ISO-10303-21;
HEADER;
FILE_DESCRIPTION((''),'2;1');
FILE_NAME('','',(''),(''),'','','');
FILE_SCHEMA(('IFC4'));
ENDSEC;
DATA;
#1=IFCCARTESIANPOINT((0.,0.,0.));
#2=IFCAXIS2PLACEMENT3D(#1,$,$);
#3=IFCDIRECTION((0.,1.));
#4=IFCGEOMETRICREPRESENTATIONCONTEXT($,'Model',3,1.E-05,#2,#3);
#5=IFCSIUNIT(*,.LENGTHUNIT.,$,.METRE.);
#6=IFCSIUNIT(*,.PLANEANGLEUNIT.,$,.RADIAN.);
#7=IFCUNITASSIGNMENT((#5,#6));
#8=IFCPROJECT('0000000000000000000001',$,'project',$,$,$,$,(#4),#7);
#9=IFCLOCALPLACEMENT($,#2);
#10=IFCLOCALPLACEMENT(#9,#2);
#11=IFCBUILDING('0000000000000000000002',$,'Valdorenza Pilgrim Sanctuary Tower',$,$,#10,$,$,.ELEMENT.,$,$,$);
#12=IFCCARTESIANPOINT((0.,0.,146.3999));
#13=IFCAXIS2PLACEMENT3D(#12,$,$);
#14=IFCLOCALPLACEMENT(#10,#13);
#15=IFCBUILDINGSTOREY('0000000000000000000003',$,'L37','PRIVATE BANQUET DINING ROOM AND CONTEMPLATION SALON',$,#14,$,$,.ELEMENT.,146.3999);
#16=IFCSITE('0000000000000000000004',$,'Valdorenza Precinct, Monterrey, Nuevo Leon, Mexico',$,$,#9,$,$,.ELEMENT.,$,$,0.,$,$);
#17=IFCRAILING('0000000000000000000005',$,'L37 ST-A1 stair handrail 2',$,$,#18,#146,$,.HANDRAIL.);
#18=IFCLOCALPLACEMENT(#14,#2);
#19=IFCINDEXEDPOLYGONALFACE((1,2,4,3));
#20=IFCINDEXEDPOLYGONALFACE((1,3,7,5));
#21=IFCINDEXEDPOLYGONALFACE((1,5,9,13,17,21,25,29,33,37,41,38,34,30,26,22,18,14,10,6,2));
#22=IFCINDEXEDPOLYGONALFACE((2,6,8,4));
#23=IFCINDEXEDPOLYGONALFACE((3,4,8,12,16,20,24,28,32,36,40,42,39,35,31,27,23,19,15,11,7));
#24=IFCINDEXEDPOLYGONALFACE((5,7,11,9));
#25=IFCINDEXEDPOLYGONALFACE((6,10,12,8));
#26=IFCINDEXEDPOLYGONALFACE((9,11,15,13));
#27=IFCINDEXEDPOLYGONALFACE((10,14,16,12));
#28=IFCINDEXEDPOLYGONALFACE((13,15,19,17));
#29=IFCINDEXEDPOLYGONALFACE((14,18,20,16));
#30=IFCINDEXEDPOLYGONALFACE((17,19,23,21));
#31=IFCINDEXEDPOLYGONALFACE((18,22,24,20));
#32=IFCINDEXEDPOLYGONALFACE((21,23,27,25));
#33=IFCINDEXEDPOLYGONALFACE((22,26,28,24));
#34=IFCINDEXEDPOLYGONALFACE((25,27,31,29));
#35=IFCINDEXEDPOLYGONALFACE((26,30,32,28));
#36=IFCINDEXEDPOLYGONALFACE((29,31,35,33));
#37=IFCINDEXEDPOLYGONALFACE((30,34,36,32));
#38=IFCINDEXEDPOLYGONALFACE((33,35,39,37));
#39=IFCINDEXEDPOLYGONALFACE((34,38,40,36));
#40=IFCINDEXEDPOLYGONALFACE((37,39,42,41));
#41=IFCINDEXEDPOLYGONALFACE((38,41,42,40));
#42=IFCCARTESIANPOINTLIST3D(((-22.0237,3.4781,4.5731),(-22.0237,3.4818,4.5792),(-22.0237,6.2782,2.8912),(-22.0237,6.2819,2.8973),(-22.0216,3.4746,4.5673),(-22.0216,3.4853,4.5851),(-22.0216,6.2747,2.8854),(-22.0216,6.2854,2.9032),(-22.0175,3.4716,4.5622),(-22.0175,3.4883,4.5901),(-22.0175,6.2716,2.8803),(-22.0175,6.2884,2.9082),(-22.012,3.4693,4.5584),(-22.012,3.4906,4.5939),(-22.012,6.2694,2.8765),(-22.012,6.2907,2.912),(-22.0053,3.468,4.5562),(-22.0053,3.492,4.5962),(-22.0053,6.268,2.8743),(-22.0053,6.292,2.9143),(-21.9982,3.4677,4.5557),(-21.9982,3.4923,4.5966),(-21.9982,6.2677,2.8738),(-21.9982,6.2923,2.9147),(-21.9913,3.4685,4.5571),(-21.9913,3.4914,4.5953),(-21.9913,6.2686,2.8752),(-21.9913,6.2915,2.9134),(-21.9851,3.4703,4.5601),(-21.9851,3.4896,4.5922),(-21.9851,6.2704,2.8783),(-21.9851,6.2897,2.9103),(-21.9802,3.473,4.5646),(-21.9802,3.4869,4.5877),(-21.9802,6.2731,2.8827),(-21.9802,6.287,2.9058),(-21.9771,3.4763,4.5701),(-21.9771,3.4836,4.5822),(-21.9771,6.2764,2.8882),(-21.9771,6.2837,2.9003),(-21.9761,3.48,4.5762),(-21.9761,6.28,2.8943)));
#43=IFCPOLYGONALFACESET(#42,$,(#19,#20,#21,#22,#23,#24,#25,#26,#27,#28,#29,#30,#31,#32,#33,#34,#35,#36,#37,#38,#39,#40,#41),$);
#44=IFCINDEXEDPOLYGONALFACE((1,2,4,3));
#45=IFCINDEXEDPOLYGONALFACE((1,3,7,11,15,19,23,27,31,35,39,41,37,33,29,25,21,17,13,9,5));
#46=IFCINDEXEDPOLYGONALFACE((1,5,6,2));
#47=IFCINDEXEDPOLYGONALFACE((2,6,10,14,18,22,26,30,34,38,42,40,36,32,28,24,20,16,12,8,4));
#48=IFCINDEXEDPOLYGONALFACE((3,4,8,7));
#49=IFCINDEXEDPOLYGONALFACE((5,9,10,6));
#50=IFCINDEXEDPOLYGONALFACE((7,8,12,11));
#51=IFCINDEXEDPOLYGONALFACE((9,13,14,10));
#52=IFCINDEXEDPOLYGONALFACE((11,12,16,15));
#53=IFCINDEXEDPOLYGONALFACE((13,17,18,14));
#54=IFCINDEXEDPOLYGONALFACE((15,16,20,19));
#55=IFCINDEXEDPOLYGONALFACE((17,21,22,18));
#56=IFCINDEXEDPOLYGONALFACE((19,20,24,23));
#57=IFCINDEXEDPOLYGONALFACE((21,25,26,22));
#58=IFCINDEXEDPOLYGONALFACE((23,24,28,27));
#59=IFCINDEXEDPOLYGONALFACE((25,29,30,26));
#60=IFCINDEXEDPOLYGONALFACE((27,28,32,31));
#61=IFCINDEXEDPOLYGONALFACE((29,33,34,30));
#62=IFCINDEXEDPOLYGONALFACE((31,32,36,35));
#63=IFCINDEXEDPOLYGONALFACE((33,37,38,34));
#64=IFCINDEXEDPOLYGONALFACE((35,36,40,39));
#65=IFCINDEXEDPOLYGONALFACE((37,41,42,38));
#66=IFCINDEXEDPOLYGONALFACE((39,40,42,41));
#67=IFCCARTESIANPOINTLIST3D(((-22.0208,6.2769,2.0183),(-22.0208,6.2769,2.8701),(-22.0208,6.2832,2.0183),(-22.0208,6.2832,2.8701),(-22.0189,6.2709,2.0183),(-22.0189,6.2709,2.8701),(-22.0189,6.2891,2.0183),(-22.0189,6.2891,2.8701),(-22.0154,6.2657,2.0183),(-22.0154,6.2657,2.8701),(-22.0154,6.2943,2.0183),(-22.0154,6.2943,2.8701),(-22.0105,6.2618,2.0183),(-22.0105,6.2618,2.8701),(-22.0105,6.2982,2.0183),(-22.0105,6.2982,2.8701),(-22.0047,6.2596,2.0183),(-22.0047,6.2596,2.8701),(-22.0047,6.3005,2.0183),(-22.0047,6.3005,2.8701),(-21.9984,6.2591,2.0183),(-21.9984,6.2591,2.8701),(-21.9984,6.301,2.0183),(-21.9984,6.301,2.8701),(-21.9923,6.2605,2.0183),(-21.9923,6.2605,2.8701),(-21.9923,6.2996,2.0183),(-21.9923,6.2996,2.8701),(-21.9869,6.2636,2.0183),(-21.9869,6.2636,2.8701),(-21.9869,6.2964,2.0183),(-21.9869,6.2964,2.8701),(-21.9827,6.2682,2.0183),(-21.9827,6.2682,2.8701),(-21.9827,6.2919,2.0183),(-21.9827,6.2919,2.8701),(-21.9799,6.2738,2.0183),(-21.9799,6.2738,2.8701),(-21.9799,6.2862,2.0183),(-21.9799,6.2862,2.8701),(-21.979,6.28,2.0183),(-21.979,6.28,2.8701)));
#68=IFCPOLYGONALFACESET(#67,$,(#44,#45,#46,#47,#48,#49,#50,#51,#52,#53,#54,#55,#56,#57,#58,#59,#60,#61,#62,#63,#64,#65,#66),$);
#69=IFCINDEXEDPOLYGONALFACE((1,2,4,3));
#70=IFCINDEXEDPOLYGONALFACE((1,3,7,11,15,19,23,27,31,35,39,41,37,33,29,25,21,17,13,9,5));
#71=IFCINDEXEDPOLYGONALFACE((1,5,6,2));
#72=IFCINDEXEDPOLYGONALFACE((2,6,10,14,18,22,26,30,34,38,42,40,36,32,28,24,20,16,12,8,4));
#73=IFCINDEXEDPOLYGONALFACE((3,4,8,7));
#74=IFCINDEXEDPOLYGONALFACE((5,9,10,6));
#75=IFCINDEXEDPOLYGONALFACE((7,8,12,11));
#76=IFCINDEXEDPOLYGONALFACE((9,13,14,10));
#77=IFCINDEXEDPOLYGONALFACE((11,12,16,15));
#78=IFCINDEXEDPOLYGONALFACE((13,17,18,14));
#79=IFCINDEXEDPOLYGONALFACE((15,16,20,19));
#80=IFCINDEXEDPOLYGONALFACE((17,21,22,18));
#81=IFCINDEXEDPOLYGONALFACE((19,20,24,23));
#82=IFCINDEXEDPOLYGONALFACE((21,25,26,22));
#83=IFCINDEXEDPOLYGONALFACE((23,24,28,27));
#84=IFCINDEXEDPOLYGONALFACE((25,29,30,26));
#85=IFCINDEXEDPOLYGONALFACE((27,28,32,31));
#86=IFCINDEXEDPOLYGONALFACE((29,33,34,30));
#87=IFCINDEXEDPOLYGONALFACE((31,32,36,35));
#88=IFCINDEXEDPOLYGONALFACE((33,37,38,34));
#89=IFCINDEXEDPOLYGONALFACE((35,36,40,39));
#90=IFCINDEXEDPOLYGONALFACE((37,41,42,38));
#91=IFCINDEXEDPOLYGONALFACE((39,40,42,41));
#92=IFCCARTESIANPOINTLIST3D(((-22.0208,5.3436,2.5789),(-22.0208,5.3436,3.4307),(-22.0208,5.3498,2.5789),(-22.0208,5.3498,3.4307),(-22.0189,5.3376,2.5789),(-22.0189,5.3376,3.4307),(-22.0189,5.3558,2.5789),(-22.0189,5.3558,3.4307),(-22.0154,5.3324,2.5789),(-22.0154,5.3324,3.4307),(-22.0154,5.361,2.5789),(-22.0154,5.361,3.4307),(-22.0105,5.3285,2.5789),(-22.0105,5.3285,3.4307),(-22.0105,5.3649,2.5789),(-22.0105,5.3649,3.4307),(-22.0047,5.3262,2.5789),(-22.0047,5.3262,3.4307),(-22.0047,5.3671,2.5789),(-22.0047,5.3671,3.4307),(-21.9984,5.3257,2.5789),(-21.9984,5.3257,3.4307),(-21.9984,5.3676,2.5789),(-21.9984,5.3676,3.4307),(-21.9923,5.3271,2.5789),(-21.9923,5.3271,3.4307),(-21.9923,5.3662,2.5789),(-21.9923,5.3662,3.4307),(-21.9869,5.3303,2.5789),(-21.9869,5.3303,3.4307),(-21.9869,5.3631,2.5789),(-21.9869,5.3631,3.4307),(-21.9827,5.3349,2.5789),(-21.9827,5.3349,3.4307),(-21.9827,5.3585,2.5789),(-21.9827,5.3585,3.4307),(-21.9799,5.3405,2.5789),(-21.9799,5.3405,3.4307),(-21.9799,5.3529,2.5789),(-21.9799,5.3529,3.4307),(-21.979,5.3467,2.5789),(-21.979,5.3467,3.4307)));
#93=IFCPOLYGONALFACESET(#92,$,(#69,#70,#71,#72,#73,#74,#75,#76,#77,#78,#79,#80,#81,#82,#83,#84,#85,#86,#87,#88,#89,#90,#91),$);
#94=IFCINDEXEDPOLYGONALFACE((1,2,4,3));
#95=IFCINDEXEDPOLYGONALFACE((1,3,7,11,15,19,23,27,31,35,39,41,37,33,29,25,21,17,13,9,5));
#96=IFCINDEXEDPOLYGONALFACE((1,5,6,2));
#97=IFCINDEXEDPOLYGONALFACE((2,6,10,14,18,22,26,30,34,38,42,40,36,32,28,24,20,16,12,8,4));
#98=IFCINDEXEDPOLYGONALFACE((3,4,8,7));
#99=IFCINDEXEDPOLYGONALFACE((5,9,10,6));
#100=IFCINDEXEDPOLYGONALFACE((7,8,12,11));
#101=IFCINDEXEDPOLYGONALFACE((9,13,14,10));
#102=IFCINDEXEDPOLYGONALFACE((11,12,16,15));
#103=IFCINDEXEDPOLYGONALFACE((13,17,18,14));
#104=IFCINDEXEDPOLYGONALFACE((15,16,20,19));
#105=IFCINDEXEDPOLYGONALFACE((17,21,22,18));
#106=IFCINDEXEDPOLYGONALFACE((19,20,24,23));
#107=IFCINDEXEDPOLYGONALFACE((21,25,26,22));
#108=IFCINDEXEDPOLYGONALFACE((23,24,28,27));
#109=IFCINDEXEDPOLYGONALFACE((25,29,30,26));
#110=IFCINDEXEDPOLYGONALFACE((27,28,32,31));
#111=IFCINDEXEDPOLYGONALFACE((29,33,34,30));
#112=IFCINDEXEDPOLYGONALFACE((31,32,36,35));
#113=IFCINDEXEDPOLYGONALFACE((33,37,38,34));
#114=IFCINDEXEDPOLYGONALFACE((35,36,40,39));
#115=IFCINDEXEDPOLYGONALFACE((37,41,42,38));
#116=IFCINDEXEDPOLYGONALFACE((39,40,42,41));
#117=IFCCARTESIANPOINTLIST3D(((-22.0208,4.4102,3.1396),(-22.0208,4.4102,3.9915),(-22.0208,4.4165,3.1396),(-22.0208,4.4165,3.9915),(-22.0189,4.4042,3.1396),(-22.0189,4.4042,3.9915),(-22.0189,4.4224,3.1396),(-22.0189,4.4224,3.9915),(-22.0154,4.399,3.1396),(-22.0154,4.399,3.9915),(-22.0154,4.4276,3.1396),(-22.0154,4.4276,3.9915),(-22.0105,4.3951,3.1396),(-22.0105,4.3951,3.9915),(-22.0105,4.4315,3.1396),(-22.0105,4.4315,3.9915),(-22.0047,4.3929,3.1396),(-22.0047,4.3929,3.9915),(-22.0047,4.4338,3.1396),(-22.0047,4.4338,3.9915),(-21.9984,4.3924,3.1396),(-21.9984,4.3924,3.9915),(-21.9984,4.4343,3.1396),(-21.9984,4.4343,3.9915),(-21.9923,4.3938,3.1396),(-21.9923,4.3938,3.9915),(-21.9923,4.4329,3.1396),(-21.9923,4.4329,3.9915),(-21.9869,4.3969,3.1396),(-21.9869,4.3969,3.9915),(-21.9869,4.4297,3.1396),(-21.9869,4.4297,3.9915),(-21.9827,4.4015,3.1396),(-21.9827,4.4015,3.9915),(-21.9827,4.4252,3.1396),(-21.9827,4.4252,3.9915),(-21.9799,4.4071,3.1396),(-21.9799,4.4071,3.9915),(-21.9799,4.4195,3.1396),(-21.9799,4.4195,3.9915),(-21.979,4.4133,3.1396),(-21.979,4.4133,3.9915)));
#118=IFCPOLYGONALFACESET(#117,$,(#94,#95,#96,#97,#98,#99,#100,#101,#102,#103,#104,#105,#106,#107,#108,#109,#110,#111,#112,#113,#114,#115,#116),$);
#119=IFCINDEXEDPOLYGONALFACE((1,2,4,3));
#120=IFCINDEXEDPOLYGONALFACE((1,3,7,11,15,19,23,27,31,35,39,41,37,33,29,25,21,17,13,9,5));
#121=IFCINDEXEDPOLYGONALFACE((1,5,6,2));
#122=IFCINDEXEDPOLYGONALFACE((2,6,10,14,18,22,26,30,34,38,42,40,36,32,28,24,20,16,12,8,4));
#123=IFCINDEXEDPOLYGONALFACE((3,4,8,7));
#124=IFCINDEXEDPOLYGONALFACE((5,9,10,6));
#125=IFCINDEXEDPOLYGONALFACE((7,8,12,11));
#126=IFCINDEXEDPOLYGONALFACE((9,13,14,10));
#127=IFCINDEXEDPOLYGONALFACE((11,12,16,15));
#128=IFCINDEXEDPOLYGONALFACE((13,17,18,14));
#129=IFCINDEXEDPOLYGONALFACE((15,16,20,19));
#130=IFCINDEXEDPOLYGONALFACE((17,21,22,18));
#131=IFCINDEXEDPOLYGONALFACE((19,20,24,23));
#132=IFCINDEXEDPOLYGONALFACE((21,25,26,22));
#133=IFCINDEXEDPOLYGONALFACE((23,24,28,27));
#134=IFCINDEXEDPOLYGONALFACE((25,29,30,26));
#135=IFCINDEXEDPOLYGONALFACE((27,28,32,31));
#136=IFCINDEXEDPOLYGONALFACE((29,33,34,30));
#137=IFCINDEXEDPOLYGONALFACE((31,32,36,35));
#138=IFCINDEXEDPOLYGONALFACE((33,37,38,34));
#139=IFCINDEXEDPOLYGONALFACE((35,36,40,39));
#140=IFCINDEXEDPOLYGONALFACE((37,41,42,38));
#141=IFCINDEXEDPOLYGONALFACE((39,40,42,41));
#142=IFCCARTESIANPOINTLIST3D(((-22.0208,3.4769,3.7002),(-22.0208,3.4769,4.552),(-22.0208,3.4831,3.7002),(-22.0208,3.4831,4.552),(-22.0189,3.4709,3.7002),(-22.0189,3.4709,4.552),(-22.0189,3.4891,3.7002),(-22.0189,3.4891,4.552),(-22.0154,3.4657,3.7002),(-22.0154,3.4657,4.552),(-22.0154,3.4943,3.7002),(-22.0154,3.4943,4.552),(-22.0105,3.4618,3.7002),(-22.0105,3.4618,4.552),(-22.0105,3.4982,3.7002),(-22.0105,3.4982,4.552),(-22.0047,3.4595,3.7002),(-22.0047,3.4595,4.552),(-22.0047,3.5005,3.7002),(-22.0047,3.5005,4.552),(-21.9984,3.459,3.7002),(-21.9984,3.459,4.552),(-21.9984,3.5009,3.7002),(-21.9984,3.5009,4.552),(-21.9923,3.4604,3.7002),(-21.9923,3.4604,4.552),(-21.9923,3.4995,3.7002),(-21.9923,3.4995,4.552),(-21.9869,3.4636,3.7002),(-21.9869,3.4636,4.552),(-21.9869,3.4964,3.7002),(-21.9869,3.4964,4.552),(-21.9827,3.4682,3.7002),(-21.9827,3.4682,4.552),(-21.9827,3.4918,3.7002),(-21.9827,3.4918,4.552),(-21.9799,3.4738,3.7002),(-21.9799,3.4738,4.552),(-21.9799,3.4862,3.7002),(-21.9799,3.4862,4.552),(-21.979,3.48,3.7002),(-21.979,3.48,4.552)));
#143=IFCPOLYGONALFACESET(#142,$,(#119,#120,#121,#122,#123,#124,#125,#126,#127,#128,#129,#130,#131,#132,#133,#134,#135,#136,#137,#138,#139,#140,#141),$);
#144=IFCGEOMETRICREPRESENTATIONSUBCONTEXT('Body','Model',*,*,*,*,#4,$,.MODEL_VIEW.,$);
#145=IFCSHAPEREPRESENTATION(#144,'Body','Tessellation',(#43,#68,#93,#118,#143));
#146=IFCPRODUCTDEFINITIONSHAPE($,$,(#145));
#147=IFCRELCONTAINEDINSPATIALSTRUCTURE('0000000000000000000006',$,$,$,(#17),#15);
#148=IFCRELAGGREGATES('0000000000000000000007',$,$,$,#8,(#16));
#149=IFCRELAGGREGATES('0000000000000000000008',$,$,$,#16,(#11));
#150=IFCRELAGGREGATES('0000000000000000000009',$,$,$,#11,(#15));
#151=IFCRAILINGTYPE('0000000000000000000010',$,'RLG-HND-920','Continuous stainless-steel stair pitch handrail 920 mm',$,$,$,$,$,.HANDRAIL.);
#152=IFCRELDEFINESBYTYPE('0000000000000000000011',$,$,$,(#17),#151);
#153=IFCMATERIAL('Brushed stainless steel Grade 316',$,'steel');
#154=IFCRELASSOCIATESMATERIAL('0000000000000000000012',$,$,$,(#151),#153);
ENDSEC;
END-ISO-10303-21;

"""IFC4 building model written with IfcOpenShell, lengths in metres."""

from ifc_helpers import new_model, si_unit, direction, frame, origin, origin_2d, place, context, subcontext, project, spatial, circle, extrude, material, type_object, element, save


model = new_model("IFC4")

# Units and contexts
model_context = context("Model", 3, precision=1e-05, world=origin(), true_north=direction((0.0, 1.0)))
body_context = subcontext(model_context, "Body", "Model", "MODEL_VIEW")
ifc_project = project(units=[si_unit("LENGTHUNIT", "METRE"), si_unit("PLANEANGLEUNIT", "RADIAN")], contexts=[model_context])

# Site, building, storey
site_placement = place(None, origin())
site = spatial("IfcSite", under=ifc_project, at=site_placement, Name="Valdorenza Precinct, Monterrey, Nuevo Leon, Mexico", CompositionType="ELEMENT", RefElevation=0.0)
building_placement = place(site_placement, origin())
building = spatial("IfcBuilding", under=site, at=building_placement, Name="Valdorenza Pilgrim Sanctuary Tower", CompositionType="ELEMENT")
storey_placement = place(building_placement, frame((0.0, 0.0, 146.3999)))
storey = spatial("IfcBuildingStorey", under=building, at=storey_placement, Name="L37", Description="PRIVATE BANQUET DINING ROOM AND CONTEMPLATION SALON", CompositionType="ELEMENT", Elevation=146.3999)

# Shared definitions
ifc_material_1 = material(Name="Brushed stainless steel Grade 316", Category="steel")

# Railing
railing_type_1 = type_object("IfcRailingType", Name="RLG-HND-920", Description="Continuous stainless-steel stair pitch handrail 920 mm", PredefinedType="HANDRAIL", material=ifc_material_1)
railing_1_placement = place(storey_placement, frame((-22.0, 6.28, 2.0183)))
element("IfcRailing", 1, at=railing_1_placement, inside=storey, type_object=railing_type_1, Name="L37 ST-A1 stair handrail 2", PredefinedType="HANDRAIL", context=body_context, shape_type="SweptSolid", body=[
    extrude(circle(Radius=0.0239, at=origin_2d()), frame((0.0, 0.0, 0.876), z_axis=(0.0, -0.857242, 0.514913), x_axis=(1.0, 0.0, 0.0)), (0.0, 0.0, 1.0), 3.2664),
    extrude(circle(Radius=0.021, at=origin_2d()), origin(), (0.0, 0.0, 1.0), 0.8518),
    extrude(circle(Radius=0.021, at=origin_2d()), frame((0.0, -0.9333, 0.5605)), (0.0, 0.0, 1.0), 0.8518),
    extrude(circle(Radius=0.021, at=origin_2d()), frame((0.0, -1.8667, 1.1213)), (0.0, 0.0, 1.0), 0.8518),
    extrude(circle(Radius=0.021, at=origin_2d()), frame((0.0, -2.8, 1.6819)), (0.0, 0.0, 1.0), 0.8518),
])

save(model, "model.ifc")
